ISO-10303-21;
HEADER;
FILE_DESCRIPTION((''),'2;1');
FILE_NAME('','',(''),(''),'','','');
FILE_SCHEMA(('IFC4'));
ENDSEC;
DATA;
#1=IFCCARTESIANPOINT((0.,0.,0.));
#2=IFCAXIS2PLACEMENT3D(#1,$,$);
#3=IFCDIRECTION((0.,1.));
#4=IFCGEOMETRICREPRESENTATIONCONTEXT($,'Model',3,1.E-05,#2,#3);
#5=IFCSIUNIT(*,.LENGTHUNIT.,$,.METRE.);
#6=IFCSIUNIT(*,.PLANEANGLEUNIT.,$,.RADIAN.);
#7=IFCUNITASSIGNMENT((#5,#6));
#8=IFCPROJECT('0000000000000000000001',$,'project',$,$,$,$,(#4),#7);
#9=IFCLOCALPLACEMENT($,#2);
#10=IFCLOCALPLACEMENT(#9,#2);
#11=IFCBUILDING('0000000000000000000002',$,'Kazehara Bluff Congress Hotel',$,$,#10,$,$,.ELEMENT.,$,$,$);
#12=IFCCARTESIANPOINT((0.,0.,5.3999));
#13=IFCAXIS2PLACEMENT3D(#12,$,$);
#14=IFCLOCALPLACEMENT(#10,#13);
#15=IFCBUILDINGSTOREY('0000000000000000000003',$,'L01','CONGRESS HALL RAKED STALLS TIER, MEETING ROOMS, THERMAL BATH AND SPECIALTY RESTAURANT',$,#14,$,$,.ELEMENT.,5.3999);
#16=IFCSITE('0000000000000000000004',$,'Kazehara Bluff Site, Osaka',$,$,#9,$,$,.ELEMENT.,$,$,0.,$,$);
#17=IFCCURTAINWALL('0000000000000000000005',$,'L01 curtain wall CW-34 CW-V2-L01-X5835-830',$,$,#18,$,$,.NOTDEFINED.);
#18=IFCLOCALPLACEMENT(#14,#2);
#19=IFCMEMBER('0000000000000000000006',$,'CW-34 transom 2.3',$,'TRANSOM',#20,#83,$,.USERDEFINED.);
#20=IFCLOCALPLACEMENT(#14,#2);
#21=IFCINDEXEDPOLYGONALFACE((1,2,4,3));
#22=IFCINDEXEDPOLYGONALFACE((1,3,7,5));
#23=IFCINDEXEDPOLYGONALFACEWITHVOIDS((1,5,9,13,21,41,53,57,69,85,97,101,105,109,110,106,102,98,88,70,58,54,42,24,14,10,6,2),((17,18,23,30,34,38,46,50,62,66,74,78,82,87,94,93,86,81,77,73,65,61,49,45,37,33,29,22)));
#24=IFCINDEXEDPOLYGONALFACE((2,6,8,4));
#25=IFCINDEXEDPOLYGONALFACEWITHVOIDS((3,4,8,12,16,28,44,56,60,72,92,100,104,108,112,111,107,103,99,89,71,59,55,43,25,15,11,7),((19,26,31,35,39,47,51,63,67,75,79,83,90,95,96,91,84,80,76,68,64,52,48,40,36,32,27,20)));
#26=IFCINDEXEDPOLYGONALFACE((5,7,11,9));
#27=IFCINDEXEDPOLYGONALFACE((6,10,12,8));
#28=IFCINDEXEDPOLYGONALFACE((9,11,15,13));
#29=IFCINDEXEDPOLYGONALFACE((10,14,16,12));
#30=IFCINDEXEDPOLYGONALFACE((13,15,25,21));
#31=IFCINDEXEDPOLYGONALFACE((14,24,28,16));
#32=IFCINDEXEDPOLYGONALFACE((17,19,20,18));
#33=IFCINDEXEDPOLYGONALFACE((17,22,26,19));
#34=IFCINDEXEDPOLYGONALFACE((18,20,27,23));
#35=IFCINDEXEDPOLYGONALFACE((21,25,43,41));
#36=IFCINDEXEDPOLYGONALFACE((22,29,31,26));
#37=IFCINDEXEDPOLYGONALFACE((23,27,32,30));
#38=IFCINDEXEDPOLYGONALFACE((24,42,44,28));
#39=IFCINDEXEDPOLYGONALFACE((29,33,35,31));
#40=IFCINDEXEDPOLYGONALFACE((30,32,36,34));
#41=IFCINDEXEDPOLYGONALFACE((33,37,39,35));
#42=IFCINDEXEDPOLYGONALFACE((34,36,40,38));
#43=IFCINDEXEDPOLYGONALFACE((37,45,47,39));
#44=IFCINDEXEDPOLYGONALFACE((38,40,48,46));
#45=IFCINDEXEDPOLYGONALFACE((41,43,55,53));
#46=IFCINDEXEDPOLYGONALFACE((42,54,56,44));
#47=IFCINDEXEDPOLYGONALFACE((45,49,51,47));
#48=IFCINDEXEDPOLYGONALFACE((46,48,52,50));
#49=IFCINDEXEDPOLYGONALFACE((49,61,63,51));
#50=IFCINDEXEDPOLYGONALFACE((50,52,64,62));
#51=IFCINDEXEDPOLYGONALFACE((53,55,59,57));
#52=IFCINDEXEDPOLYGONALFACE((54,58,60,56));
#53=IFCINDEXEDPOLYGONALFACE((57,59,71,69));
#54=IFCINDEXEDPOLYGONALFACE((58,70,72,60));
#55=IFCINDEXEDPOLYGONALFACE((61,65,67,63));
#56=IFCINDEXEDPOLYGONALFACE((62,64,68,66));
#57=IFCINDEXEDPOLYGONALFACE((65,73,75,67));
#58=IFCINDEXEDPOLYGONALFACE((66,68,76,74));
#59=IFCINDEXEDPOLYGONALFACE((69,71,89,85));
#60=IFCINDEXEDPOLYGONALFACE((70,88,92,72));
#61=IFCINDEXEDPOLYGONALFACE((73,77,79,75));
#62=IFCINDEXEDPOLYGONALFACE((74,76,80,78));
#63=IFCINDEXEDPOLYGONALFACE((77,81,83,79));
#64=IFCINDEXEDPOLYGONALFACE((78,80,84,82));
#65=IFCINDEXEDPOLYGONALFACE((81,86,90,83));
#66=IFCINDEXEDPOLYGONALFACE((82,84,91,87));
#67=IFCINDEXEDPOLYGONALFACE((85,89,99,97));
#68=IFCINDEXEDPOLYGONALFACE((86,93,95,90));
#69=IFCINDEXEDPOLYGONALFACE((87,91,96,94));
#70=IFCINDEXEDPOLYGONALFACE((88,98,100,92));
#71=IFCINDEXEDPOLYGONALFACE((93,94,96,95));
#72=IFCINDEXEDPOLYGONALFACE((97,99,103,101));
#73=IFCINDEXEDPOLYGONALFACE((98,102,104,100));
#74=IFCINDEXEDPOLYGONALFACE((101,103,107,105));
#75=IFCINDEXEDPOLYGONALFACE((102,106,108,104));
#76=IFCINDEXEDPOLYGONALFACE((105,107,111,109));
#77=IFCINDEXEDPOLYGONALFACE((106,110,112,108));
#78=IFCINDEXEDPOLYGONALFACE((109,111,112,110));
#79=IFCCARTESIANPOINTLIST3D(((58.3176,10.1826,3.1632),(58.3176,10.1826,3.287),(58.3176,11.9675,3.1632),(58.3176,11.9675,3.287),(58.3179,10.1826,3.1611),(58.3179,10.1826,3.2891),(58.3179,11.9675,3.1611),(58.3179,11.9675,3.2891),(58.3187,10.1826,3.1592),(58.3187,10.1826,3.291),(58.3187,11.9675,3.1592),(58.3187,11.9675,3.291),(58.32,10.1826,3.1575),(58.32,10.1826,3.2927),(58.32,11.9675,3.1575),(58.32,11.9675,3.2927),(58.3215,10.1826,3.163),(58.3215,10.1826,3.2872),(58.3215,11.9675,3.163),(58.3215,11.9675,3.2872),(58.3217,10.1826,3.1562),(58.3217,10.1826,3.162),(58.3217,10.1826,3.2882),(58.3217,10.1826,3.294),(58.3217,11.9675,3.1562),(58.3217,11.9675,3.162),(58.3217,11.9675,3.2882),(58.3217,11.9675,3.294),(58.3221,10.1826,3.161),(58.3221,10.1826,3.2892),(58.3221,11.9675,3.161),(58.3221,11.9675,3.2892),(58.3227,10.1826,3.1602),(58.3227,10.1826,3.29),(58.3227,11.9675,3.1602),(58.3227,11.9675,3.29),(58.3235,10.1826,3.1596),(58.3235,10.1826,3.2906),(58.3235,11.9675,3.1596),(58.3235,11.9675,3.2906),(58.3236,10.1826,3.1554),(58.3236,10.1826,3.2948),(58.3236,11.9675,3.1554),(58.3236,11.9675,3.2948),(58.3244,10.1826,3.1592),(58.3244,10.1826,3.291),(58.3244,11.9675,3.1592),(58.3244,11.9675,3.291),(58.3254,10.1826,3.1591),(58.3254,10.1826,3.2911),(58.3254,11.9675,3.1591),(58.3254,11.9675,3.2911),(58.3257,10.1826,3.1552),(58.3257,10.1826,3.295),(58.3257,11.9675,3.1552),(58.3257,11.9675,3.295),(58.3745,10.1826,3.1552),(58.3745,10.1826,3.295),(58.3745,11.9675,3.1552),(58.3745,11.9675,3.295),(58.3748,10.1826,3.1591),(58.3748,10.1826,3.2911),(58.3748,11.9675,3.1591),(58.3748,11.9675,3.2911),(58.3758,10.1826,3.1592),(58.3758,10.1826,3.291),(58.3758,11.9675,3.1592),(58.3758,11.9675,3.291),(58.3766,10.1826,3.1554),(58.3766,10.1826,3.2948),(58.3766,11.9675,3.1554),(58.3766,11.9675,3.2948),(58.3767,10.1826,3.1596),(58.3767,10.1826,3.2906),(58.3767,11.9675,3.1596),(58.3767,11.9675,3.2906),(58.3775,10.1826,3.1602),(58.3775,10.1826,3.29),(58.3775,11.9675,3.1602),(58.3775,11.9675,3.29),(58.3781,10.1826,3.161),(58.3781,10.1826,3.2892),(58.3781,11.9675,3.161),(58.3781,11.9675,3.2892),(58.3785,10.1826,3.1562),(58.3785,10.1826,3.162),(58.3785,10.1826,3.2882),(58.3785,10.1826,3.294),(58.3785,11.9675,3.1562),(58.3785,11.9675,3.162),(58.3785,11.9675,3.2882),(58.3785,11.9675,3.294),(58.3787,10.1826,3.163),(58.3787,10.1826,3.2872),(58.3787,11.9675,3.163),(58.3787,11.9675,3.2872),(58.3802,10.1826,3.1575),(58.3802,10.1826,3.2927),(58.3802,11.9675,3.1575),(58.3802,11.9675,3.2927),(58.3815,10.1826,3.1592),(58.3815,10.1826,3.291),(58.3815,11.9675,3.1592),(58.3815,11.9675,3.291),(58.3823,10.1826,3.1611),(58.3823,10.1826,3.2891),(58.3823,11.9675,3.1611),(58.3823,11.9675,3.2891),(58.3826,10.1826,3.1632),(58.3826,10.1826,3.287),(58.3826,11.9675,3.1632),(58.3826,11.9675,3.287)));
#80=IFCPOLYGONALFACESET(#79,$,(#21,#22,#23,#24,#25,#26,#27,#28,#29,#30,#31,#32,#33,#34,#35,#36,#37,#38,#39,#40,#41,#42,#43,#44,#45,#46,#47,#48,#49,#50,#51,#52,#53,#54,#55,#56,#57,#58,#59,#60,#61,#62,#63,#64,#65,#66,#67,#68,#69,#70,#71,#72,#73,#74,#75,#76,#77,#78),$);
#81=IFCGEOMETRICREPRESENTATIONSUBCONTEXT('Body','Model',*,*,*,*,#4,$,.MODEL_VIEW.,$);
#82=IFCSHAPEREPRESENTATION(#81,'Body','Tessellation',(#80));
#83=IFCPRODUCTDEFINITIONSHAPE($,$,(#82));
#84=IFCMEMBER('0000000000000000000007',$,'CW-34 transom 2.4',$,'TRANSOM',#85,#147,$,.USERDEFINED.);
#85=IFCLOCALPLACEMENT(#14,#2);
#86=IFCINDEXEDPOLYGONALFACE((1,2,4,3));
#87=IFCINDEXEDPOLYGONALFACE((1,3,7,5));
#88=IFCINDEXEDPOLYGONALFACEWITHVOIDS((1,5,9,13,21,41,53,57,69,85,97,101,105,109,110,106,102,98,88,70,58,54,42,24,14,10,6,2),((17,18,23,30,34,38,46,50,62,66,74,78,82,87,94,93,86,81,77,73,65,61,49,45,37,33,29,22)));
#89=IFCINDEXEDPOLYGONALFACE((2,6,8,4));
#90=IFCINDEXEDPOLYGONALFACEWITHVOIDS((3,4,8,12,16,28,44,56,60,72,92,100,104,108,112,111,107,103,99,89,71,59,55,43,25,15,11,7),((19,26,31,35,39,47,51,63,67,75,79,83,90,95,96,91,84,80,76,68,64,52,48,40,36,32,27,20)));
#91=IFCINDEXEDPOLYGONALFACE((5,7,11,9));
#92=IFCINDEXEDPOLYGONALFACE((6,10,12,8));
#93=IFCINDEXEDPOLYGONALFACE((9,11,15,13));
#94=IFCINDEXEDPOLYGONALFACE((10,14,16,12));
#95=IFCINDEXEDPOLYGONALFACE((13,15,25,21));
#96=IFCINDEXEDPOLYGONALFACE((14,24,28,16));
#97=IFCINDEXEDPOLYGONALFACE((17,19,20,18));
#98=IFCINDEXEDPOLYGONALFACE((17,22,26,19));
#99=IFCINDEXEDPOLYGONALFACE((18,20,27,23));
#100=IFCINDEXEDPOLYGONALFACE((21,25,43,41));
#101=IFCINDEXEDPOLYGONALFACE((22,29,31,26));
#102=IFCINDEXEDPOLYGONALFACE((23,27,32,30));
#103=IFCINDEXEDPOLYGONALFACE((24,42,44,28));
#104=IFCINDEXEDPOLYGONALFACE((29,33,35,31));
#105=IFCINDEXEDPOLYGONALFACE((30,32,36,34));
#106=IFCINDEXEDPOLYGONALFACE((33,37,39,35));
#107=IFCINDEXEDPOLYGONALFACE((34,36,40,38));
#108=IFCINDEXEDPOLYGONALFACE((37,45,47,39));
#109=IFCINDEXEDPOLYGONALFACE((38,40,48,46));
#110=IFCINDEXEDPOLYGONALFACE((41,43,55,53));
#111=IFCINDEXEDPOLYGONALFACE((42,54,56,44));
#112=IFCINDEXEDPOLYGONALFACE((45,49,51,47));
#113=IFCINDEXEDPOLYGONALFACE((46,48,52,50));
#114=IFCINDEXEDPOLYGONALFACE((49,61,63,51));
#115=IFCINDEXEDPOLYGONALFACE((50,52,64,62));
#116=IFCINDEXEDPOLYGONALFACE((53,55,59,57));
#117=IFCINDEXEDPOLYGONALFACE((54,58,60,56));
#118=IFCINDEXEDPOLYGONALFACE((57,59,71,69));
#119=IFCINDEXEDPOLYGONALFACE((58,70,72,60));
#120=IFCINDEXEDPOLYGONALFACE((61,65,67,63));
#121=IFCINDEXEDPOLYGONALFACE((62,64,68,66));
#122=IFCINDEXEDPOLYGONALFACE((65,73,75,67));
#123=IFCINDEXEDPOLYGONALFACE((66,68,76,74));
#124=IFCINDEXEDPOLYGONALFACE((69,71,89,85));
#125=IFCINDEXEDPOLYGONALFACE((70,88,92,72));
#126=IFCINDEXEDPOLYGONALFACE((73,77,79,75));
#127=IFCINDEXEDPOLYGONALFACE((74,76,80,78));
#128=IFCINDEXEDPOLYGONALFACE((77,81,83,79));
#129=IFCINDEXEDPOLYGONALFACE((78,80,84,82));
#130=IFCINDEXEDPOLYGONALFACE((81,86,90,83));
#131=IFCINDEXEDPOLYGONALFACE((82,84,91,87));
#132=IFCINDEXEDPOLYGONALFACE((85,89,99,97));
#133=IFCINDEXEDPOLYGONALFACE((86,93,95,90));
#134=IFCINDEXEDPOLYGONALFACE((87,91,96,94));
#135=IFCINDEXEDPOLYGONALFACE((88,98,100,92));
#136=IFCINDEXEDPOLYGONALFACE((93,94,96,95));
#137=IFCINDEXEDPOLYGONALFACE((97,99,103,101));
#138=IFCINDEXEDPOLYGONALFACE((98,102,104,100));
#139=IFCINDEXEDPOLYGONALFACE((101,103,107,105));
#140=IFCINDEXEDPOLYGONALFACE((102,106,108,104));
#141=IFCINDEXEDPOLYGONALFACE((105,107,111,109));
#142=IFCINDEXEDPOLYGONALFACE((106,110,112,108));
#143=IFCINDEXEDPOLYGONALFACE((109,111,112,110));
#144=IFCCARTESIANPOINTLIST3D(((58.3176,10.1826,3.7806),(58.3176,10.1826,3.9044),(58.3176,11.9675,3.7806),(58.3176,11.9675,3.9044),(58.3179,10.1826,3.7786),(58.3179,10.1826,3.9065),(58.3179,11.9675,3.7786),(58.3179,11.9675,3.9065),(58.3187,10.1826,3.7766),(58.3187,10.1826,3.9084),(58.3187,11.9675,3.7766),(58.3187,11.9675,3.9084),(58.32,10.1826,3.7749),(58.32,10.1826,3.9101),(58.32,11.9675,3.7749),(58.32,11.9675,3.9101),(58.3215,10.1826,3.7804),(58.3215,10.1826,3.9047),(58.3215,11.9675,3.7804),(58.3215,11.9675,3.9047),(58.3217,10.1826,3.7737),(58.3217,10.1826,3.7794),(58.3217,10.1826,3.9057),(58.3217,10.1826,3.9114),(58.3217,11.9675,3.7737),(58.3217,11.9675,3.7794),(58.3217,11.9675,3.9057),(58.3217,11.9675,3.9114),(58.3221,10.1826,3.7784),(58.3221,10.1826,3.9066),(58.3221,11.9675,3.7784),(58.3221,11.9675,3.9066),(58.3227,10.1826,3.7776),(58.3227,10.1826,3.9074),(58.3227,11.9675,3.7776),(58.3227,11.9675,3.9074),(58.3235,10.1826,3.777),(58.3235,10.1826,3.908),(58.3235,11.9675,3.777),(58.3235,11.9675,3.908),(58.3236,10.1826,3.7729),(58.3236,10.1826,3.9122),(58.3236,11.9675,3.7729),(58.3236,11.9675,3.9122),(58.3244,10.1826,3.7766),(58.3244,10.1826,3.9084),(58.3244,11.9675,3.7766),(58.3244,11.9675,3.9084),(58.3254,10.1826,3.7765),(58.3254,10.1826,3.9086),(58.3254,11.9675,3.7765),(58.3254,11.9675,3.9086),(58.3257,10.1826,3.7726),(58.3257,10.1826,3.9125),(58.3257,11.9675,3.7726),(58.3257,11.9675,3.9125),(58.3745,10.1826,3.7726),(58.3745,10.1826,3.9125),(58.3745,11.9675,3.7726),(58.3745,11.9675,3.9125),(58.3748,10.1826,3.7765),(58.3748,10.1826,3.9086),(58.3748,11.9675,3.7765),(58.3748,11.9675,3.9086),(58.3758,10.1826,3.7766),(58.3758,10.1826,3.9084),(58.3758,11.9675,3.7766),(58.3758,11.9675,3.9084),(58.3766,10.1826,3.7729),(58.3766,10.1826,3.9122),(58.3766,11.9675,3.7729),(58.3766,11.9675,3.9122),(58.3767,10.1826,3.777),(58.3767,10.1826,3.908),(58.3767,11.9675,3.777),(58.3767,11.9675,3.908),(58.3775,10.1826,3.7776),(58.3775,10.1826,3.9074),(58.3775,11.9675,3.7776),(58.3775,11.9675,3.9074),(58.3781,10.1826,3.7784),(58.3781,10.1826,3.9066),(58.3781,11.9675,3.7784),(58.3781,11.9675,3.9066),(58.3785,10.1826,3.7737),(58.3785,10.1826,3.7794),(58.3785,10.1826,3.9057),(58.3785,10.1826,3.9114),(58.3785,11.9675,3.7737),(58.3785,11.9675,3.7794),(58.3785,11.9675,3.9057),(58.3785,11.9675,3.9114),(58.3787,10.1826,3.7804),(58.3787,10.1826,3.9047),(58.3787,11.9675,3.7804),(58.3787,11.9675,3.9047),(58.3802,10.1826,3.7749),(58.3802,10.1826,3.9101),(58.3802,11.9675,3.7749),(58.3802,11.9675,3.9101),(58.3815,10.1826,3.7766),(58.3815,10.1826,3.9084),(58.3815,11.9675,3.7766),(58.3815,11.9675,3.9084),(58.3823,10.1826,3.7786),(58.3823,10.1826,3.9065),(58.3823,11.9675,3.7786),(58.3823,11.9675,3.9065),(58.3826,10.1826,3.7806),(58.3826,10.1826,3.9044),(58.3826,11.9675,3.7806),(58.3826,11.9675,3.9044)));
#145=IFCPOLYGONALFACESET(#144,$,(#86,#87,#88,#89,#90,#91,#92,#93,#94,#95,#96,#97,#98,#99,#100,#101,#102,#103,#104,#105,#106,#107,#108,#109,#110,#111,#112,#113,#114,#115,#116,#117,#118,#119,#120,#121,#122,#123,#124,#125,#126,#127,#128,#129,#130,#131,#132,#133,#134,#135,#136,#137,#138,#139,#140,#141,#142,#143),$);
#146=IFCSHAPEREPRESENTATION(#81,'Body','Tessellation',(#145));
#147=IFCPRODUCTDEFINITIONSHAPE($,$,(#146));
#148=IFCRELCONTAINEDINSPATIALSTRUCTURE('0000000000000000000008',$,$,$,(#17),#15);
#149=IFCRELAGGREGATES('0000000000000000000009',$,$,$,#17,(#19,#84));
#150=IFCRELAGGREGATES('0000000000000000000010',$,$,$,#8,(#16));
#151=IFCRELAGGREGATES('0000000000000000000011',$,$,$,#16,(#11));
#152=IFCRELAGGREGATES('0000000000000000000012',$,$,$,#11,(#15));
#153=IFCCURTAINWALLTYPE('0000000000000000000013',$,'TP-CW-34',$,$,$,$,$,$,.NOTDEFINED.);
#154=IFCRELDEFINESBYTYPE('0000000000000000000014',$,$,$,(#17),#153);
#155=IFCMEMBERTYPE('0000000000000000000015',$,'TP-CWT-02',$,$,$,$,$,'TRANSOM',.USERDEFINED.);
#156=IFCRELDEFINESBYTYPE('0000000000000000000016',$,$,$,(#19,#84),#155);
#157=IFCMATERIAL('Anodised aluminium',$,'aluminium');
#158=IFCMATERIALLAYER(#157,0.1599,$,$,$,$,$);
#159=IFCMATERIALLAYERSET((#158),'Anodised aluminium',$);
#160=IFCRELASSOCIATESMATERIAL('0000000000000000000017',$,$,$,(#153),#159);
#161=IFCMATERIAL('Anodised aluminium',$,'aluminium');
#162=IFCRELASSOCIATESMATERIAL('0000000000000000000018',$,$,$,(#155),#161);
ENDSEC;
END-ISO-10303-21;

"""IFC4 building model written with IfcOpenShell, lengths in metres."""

from ifc_helpers import new_model, si_unit, direction, frame, origin, origin_2d, place, context, subcontext, project, spatial, hollow_rectangle, extrude, material, layer, layer_set, material_profile, profile_set, type_object, element, aggregate, save


model = new_model("IFC4")

# Units and contexts
model_context = context("Model", 3, precision=1e-05, world=origin(), true_north=direction((0.0, 1.0)))
body_context = subcontext(model_context, "Body", "Model", "MODEL_VIEW")
ifc_project = project(units=[si_unit("LENGTHUNIT", "METRE"), si_unit("PLANEANGLEUNIT", "RADIAN")], contexts=[model_context])

# Site, building, storey
site_placement = place(None, origin())
site = spatial("IfcSite", under=ifc_project, at=site_placement, Name="Kazehara Bluff Site, Osaka", CompositionType="ELEMENT", RefElevation=0.0)
building_placement = place(site_placement, origin())
building = spatial("IfcBuilding", under=site, at=building_placement, Name="Kazehara Bluff Congress Hotel", CompositionType="ELEMENT")
storey_placement = place(building_placement, frame((0.0, 0.0, 5.3999)))
storey = spatial("IfcBuildingStorey", under=building, at=storey_placement, Name="L01", Description="CONGRESS HALL RAKED STALLS TIER, MEETING ROOMS, THERMAL BATH AND SPECIALTY RESTAURANT", CompositionType="ELEMENT", Elevation=5.3999)

# Curtain wall
ifc_material_1 = material(Name="Anodised aluminium", Category="aluminium")
ifc_layer_1 = layer(ifc_material_1, 0.1599)
ifc_layer_set_1 = layer_set([ifc_layer_1], Name="Anodised aluminium")
curtain_wall_type_1 = type_object("IfcCurtainWallType", Name="TP-CW-34", PredefinedType="NOTDEFINED", material=ifc_layer_set_1)
curtain_wall_1_placement = place(storey_placement, origin())
curtain_wall_1 = element("IfcCurtainWall", 1, at=curtain_wall_1_placement, inside=storey, type_object=curtain_wall_type_1, Name="L01 curtain wall CW-34 CW-V2-L01-X5835-830", PredefinedType="NOTDEFINED")

# Members
ifc_material_2 = material(Name="Anodised aluminium", Category="aluminium")
ifc_material_profile_1 = material_profile(ifc_material_2, hollow_rectangle(XDim=0.0649, YDim=0.1399, WallThickness=0.0039, InnerFilletRadius=0.0039, OuterFilletRadius=0.0081, at=origin_2d()))
ifc_profile_set_1 = profile_set([ifc_material_profile_1], Name="Anodised aluminium")
member_type_1 = type_object("IfcMemberType", Name="TP-CWT-02", ElementType="TRANSOM", PredefinedType="USERDEFINED", material=ifc_profile_set_1)
member_1_placement = place(storey_placement, frame((58.3501, 10.1826, 3.2251), z_axis=(0.0, 1.0, 0.0), x_axis=(-1.0, 0.0, 0.0)))
member_1 = element("IfcMember", 2, at=member_1_placement, type_object=member_type_1, Name="CW-34 transom 2.3", ObjectType="TRANSOM", PredefinedType="USERDEFINED", context=body_context, shape_type="SweptSolid", body=[
    extrude(hollow_rectangle(XDim=0.0649, YDim=0.1399, WallThickness=0.0039, InnerFilletRadius=0.0039, OuterFilletRadius=0.0081, at=origin_2d()), origin(), (0.0, 0.0, 1.0), 1.7849),
])
member_2_placement = place(storey_placement, frame((58.3501, 10.1826, 3.8425), z_axis=(0.0, 1.0, 0.0), x_axis=(-1.0, 0.0, 0.0)))
member_2 = element("IfcMember", 3, at=member_2_placement, type_object=member_type_1, Name="CW-34 transom 2.4", ObjectType="TRANSOM", PredefinedType="USERDEFINED", context=body_context, shape_type="SweptSolid", body=[
    extrude(hollow_rectangle(XDim=0.0649, YDim=0.1399, WallThickness=0.0039, InnerFilletRadius=0.0039, OuterFilletRadius=0.0081, at=origin_2d()), origin(), (0.0, 0.0, 1.0), 1.7849),
])

aggregate(curtain_wall_1, [member_1, member_2])

save(model, "model.ifc")
